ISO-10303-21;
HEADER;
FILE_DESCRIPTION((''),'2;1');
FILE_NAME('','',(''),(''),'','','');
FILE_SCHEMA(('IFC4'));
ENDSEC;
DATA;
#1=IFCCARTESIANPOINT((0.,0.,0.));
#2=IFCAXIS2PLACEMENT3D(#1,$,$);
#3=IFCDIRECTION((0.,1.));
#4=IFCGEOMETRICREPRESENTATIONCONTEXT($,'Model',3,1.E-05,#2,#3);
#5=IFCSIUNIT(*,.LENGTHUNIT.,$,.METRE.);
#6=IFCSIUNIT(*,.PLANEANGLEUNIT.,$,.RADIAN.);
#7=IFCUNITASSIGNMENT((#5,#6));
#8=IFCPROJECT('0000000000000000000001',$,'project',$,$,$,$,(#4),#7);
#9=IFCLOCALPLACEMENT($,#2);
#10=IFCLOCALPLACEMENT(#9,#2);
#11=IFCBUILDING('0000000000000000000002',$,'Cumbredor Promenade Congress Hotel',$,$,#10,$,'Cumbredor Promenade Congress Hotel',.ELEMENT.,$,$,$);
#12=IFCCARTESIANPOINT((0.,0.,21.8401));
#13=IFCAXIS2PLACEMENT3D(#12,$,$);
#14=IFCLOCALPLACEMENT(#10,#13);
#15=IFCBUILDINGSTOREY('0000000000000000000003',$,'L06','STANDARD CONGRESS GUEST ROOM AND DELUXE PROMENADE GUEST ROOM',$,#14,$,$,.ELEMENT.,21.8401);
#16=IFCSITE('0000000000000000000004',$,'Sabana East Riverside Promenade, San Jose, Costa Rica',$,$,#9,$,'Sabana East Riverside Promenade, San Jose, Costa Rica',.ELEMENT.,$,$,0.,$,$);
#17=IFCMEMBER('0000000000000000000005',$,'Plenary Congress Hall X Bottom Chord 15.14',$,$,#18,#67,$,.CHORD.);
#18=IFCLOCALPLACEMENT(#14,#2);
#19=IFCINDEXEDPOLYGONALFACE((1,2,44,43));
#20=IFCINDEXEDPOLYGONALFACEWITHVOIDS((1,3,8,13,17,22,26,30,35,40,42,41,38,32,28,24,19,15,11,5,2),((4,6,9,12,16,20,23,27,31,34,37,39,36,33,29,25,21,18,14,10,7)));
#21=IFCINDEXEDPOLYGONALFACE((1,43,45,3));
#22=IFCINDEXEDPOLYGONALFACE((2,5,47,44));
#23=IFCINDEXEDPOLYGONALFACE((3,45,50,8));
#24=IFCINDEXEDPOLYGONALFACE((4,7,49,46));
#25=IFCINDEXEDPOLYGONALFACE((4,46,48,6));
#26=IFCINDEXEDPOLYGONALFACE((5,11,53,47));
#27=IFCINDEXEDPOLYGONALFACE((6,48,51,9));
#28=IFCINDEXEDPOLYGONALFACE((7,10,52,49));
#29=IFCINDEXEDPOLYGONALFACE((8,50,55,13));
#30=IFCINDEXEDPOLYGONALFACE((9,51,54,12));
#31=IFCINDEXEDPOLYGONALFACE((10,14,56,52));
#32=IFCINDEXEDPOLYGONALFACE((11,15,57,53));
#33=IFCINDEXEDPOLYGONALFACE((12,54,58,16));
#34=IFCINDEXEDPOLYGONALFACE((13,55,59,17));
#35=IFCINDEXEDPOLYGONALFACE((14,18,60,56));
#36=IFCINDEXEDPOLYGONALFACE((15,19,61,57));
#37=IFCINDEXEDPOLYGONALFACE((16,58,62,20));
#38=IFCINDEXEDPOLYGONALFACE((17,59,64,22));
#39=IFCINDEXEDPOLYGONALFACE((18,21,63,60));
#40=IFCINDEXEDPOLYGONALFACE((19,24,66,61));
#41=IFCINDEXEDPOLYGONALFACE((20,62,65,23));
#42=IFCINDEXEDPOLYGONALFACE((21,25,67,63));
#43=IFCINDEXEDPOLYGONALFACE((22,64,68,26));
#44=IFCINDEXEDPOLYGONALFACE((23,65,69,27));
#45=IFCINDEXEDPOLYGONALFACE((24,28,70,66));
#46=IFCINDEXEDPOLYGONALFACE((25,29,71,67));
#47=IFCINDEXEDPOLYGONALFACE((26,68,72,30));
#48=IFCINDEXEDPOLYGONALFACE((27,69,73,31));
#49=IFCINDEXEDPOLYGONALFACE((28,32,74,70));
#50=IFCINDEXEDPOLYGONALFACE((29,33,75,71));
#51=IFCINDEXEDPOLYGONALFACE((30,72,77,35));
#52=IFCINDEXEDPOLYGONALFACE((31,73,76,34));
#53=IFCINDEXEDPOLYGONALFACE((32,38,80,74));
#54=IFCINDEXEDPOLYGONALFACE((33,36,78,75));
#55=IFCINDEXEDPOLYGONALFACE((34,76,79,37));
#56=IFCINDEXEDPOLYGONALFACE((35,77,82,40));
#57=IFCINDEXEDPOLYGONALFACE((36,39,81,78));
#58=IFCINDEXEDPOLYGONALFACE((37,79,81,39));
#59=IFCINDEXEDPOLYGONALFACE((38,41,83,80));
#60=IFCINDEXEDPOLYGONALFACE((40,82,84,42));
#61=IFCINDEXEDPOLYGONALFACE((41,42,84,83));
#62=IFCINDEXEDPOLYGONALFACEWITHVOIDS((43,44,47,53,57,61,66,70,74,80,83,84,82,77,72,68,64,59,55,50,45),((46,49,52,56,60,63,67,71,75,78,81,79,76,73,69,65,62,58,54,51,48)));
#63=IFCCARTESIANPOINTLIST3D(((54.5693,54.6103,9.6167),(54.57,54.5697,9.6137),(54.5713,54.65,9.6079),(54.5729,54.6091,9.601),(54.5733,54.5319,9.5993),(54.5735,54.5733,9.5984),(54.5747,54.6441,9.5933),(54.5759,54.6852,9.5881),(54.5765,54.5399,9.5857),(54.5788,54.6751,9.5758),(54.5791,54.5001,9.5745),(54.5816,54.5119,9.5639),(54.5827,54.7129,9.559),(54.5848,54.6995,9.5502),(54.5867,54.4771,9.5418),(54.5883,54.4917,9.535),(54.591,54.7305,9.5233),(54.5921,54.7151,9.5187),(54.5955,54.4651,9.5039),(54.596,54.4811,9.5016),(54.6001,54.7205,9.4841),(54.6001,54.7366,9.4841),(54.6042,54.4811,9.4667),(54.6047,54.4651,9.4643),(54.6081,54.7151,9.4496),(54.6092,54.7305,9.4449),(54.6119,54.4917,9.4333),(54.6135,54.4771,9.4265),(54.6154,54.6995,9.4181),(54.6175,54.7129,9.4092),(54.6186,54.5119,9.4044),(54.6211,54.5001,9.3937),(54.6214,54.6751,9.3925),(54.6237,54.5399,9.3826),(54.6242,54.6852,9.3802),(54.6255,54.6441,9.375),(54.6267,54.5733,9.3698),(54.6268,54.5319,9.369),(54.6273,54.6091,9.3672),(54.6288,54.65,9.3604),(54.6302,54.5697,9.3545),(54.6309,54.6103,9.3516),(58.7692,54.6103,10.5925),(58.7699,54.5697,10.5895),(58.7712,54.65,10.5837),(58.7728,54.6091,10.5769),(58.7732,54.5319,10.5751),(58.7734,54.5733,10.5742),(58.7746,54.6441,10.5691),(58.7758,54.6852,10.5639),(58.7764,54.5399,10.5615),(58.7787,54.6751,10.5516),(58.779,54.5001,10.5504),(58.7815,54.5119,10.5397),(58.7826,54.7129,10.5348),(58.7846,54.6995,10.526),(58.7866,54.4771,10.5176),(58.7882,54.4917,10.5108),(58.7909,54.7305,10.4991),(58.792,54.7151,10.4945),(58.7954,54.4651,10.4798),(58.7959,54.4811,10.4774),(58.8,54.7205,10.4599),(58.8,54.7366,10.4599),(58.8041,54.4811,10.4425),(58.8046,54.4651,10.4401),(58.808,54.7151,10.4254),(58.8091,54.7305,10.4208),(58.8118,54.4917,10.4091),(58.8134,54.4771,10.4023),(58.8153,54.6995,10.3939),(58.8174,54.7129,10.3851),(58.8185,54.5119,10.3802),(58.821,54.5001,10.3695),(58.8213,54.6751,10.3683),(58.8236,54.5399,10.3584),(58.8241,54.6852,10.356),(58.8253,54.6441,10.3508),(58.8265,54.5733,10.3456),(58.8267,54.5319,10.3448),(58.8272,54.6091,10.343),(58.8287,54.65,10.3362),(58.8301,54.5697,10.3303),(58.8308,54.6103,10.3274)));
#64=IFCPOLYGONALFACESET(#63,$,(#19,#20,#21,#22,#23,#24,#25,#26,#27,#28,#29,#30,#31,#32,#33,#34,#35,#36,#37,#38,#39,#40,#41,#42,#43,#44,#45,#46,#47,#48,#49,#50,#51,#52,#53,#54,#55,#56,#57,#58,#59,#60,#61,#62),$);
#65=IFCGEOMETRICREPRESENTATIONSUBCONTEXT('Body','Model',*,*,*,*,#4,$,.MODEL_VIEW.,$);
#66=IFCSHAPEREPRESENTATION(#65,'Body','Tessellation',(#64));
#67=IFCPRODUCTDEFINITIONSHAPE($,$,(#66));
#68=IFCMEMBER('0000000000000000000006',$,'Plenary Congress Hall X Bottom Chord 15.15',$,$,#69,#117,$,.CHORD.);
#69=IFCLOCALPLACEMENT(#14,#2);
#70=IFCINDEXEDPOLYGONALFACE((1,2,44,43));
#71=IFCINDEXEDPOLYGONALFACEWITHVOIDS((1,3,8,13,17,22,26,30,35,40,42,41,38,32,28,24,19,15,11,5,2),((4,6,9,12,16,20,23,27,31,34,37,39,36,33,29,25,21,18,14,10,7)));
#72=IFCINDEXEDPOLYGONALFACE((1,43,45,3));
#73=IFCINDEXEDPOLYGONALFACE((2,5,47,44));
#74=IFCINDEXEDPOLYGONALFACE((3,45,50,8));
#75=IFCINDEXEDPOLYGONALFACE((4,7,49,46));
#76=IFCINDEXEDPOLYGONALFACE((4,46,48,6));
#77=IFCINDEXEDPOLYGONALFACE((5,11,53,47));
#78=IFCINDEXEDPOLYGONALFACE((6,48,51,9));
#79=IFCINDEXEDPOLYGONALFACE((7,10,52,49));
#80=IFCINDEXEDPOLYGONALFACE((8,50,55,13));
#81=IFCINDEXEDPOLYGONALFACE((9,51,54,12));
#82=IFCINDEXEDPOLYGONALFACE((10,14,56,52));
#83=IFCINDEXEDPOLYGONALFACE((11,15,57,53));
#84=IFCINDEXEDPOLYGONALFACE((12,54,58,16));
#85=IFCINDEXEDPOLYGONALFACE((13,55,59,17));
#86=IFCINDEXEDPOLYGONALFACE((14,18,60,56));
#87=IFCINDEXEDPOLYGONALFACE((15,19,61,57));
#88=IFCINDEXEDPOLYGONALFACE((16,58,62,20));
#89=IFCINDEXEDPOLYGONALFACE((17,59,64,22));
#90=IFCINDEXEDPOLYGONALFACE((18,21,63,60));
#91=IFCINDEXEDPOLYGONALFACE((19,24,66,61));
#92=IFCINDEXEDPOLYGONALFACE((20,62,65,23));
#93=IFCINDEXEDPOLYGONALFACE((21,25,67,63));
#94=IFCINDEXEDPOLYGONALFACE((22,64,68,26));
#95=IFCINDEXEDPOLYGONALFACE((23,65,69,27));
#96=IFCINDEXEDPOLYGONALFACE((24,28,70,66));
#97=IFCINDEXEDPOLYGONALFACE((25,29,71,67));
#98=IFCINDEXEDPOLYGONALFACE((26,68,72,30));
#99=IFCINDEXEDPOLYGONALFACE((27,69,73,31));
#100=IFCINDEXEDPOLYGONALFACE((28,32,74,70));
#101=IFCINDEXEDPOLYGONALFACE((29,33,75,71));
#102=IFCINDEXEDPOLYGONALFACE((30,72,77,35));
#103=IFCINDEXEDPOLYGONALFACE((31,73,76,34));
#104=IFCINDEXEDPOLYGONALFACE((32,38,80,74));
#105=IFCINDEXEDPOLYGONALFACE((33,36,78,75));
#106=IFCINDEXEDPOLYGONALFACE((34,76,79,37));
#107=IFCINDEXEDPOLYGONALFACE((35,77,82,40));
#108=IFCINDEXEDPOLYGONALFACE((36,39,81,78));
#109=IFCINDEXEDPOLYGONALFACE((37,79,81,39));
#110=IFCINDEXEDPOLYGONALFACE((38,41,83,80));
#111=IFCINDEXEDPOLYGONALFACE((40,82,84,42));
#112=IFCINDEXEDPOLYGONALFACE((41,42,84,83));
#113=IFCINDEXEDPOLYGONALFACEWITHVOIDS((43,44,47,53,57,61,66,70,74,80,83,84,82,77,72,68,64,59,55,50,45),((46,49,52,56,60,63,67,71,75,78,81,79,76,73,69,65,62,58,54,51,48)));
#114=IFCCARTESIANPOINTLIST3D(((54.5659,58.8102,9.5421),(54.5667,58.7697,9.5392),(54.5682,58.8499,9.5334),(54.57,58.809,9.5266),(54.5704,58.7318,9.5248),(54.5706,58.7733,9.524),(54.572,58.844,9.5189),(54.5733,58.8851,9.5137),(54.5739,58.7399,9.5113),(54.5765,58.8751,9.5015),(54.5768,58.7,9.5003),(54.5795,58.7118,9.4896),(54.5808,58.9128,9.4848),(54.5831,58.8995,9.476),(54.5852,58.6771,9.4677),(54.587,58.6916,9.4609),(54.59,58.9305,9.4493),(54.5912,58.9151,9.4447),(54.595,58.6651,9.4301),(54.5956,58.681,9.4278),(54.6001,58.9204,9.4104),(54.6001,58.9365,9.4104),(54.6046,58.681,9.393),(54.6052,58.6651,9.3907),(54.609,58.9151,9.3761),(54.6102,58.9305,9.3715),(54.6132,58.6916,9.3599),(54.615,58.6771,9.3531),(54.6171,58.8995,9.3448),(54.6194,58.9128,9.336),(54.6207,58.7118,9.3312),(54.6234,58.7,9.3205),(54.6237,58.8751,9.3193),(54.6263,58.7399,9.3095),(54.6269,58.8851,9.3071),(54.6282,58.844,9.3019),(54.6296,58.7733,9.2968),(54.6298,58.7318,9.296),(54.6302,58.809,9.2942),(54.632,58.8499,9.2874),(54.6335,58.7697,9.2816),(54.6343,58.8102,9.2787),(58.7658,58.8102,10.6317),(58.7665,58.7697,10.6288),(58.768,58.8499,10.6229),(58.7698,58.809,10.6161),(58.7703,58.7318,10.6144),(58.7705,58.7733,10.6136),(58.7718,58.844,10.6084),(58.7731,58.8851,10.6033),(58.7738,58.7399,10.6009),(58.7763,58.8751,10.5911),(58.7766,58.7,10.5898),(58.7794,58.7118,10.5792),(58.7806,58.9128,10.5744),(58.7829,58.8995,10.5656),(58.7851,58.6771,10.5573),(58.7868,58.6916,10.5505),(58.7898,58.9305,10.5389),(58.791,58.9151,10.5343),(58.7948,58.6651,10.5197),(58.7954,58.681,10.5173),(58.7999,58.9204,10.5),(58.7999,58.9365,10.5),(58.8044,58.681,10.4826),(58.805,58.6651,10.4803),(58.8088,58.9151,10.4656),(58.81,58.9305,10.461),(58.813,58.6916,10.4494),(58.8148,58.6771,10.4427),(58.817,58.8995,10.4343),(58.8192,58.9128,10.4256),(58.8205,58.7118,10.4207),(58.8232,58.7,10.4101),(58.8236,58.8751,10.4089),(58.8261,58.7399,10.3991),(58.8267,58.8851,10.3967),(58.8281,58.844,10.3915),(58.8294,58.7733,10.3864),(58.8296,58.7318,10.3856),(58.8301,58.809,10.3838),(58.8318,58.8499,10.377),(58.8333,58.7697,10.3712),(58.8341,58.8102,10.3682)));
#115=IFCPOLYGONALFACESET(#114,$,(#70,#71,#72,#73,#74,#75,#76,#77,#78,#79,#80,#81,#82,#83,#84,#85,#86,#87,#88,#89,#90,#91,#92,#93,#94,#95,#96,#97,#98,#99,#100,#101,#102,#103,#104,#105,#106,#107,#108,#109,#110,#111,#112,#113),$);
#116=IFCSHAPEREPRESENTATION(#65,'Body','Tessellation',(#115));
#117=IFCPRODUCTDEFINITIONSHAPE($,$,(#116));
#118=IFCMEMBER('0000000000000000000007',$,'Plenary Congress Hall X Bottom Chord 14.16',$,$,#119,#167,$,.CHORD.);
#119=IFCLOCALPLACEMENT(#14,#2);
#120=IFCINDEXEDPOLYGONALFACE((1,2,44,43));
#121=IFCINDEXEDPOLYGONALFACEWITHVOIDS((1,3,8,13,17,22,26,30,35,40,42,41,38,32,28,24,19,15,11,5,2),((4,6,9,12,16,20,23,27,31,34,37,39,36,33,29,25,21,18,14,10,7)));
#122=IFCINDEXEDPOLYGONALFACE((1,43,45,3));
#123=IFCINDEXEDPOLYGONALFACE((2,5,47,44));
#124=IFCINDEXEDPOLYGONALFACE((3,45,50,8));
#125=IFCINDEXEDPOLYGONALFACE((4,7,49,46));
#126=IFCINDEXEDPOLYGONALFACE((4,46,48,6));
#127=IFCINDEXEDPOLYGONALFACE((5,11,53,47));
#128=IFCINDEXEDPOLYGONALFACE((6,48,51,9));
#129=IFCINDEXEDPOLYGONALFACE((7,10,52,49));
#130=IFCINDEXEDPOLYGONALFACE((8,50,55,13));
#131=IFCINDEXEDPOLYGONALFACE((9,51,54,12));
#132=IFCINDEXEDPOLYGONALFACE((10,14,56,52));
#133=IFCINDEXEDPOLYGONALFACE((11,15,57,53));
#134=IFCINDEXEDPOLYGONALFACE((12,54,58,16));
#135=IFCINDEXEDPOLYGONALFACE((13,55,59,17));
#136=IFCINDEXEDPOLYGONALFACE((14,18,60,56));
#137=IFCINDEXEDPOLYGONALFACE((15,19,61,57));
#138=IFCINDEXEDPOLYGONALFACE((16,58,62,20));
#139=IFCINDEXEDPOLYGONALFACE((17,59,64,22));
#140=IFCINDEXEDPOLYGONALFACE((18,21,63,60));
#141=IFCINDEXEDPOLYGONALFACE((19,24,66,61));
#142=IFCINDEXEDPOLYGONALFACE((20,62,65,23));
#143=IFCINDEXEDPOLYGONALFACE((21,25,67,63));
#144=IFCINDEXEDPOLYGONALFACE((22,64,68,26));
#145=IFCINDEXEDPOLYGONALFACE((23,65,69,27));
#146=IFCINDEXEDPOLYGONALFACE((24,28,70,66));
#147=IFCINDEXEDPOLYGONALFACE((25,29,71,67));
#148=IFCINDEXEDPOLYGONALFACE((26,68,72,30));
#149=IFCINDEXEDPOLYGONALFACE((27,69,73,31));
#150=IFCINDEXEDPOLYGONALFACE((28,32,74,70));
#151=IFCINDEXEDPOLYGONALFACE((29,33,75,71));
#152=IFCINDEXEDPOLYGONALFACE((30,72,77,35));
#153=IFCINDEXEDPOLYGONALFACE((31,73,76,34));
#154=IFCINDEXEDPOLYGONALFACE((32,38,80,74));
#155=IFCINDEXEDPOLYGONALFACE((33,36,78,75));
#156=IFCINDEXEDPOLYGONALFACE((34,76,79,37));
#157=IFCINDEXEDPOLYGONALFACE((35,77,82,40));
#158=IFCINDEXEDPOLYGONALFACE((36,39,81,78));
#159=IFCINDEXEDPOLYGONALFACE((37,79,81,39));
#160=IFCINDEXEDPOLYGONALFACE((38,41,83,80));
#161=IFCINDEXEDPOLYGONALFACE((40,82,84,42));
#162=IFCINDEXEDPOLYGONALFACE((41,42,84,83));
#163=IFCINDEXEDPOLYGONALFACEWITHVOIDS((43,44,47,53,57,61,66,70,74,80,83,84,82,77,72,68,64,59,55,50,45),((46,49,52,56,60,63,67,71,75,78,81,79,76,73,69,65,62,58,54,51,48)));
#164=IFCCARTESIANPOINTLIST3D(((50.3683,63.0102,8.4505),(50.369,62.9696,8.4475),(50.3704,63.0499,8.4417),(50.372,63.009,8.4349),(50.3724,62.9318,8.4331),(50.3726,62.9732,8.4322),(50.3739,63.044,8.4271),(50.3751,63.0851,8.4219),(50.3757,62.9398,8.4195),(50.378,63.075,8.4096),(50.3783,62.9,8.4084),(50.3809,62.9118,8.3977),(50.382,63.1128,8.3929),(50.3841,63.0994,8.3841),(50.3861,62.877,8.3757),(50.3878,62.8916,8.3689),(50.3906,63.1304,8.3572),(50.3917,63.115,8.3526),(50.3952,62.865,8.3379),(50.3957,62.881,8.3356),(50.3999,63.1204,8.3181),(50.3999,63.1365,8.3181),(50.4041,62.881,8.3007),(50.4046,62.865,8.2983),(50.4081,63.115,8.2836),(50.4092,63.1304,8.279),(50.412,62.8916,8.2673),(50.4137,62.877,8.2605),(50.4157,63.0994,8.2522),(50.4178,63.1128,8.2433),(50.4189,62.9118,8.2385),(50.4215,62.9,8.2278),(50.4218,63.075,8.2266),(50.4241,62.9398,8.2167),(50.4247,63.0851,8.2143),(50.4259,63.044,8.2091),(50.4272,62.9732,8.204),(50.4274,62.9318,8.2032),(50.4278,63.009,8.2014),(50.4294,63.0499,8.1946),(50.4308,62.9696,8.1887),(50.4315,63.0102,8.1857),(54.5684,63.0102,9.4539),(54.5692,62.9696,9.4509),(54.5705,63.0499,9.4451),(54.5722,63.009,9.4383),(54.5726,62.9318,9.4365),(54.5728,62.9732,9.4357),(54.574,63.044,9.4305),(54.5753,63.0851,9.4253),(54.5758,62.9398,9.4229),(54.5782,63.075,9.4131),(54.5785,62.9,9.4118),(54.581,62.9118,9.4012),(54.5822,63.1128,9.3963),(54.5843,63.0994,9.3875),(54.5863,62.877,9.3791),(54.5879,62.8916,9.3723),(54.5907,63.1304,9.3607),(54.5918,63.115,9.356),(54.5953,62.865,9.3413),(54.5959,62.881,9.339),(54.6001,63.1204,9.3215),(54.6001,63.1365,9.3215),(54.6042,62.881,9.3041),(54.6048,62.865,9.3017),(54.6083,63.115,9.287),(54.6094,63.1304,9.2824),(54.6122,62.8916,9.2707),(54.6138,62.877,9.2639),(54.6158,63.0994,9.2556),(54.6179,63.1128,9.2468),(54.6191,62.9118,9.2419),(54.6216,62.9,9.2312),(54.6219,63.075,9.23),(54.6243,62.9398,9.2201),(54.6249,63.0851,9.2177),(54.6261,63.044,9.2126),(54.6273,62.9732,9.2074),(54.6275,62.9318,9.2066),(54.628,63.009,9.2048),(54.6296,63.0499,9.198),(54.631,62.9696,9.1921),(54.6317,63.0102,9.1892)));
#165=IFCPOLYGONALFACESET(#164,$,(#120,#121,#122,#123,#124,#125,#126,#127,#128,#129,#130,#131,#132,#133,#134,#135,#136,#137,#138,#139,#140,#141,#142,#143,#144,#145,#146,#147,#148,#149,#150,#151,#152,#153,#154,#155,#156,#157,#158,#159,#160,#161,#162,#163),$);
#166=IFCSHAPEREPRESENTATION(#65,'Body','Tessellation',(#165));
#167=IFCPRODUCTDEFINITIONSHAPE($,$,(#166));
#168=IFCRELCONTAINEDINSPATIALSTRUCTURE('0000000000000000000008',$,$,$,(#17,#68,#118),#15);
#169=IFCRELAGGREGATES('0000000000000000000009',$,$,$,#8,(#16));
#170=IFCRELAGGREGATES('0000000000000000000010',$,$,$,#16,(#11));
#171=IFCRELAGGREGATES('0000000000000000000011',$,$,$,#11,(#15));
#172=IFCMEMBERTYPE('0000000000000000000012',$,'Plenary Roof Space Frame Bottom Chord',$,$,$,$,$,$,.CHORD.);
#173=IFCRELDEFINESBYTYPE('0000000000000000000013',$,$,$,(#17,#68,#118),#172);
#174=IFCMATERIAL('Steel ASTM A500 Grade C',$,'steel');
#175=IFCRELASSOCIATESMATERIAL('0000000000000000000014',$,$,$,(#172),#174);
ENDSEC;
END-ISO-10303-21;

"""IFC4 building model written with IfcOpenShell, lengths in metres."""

from ifc_helpers import new_model, si_unit, direction, frame, origin, origin_2d, place, context, subcontext, project, spatial, hollow_circle, extrude, material, material_profile, profile_set, type_object, element, save


model = new_model("IFC4")

# Units and contexts
model_context = context("Model", 3, precision=1e-05, world=origin(), true_north=direction((0.0, 1.0)))
body_context = subcontext(model_context, "Body", "Model", "MODEL_VIEW")
ifc_project = project(units=[si_unit("LENGTHUNIT", "METRE"), si_unit("PLANEANGLEUNIT", "RADIAN")], contexts=[model_context])

# Site, building, storey
site_placement = place(None, origin())
site = spatial("IfcSite", under=ifc_project, at=site_placement, Name="Sabana East Riverside Promenade, San Jose, Costa Rica", LongName="Sabana East Riverside Promenade, San Jose, Costa Rica", CompositionType="ELEMENT", RefElevation=0.0)
building_placement = place(site_placement, origin())
building = spatial("IfcBuilding", under=site, at=building_placement, Name="Cumbredor Promenade Congress Hotel", LongName="Cumbredor Promenade Congress Hotel", CompositionType="ELEMENT")
storey_placement = place(building_placement, frame((0.0, 0.0, 21.8401)))
storey = spatial("IfcBuildingStorey", under=building, at=storey_placement, Name="L06", Description="STANDARD CONGRESS GUEST ROOM AND DELUXE PROMENADE GUEST ROOM", CompositionType="ELEMENT", Elevation=21.8401)

# Members
ifc_material_1 = material(Name="Steel ASTM A500 Grade C", Category="steel")
ifc_material_profile_1 = material_profile(ifc_material_1, hollow_circle(Radius=0.1365, WallThickness=0.0161, at=origin_2d()), Name="CHS 273.0x16")
ifc_profile_set_1 = profile_set([ifc_material_profile_1], Name="Steel ASTM A500 Grade C")
member_type_1 = type_object("IfcMemberType", Name="Plenary Roof Space Frame Bottom Chord", PredefinedType="CHORD", material=ifc_profile_set_1)
member_1_placement = place(storey_placement, frame((54.6001, 54.6001, 9.4841), z_axis=(0.974054, 0.0, 0.226315), x_axis=(0.0, 1.0, 0.0)))
element("IfcMember", 1, at=member_1_placement, inside=storey, type_object=member_type_1, Name="Plenary Congress Hall X Bottom Chord 15.14", PredefinedType="CHORD", context=body_context, shape_type="SweptSolid", body=[
    extrude(hollow_circle(Radius=0.1365, WallThickness=0.0161, at=origin_2d()), origin(), (0.0, 0.0, 1.0), 4.3118),
])
member_2_placement = place(storey_placement, frame((54.6001, 58.8, 9.4104), z_axis=(0.967956, 0.0, 0.251118), x_axis=(0.0, 1.0, 0.0)))
element("IfcMember", 2, at=member_2_placement, inside=storey, type_object=member_type_1, Name="Plenary Congress Hall X Bottom Chord 15.15", PredefinedType="CHORD", context=body_context, shape_type="SweptSolid", body=[
    extrude(hollow_circle(Radius=0.1365, WallThickness=0.0161, at=origin_2d()), origin(), (0.0, 0.0, 1.0), 4.3389),
])
member_3_placement = place(storey_placement, frame((50.3999, 63.0, 8.3181), z_axis=(0.97263, 0.0, 0.232359), x_axis=(0.0, 1.0, 0.0)))
element("IfcMember", 3, at=member_3_placement, inside=storey, type_object=member_type_1, Name="Plenary Congress Hall X Bottom Chord 14.16", PredefinedType="CHORD", context=body_context, shape_type="SweptSolid", body=[
    extrude(hollow_circle(Radius=0.1365, WallThickness=0.0161, at=origin_2d()), origin(), (0.0, 0.0, 1.0), 4.3184),
])

save(model, "model.ifc")
